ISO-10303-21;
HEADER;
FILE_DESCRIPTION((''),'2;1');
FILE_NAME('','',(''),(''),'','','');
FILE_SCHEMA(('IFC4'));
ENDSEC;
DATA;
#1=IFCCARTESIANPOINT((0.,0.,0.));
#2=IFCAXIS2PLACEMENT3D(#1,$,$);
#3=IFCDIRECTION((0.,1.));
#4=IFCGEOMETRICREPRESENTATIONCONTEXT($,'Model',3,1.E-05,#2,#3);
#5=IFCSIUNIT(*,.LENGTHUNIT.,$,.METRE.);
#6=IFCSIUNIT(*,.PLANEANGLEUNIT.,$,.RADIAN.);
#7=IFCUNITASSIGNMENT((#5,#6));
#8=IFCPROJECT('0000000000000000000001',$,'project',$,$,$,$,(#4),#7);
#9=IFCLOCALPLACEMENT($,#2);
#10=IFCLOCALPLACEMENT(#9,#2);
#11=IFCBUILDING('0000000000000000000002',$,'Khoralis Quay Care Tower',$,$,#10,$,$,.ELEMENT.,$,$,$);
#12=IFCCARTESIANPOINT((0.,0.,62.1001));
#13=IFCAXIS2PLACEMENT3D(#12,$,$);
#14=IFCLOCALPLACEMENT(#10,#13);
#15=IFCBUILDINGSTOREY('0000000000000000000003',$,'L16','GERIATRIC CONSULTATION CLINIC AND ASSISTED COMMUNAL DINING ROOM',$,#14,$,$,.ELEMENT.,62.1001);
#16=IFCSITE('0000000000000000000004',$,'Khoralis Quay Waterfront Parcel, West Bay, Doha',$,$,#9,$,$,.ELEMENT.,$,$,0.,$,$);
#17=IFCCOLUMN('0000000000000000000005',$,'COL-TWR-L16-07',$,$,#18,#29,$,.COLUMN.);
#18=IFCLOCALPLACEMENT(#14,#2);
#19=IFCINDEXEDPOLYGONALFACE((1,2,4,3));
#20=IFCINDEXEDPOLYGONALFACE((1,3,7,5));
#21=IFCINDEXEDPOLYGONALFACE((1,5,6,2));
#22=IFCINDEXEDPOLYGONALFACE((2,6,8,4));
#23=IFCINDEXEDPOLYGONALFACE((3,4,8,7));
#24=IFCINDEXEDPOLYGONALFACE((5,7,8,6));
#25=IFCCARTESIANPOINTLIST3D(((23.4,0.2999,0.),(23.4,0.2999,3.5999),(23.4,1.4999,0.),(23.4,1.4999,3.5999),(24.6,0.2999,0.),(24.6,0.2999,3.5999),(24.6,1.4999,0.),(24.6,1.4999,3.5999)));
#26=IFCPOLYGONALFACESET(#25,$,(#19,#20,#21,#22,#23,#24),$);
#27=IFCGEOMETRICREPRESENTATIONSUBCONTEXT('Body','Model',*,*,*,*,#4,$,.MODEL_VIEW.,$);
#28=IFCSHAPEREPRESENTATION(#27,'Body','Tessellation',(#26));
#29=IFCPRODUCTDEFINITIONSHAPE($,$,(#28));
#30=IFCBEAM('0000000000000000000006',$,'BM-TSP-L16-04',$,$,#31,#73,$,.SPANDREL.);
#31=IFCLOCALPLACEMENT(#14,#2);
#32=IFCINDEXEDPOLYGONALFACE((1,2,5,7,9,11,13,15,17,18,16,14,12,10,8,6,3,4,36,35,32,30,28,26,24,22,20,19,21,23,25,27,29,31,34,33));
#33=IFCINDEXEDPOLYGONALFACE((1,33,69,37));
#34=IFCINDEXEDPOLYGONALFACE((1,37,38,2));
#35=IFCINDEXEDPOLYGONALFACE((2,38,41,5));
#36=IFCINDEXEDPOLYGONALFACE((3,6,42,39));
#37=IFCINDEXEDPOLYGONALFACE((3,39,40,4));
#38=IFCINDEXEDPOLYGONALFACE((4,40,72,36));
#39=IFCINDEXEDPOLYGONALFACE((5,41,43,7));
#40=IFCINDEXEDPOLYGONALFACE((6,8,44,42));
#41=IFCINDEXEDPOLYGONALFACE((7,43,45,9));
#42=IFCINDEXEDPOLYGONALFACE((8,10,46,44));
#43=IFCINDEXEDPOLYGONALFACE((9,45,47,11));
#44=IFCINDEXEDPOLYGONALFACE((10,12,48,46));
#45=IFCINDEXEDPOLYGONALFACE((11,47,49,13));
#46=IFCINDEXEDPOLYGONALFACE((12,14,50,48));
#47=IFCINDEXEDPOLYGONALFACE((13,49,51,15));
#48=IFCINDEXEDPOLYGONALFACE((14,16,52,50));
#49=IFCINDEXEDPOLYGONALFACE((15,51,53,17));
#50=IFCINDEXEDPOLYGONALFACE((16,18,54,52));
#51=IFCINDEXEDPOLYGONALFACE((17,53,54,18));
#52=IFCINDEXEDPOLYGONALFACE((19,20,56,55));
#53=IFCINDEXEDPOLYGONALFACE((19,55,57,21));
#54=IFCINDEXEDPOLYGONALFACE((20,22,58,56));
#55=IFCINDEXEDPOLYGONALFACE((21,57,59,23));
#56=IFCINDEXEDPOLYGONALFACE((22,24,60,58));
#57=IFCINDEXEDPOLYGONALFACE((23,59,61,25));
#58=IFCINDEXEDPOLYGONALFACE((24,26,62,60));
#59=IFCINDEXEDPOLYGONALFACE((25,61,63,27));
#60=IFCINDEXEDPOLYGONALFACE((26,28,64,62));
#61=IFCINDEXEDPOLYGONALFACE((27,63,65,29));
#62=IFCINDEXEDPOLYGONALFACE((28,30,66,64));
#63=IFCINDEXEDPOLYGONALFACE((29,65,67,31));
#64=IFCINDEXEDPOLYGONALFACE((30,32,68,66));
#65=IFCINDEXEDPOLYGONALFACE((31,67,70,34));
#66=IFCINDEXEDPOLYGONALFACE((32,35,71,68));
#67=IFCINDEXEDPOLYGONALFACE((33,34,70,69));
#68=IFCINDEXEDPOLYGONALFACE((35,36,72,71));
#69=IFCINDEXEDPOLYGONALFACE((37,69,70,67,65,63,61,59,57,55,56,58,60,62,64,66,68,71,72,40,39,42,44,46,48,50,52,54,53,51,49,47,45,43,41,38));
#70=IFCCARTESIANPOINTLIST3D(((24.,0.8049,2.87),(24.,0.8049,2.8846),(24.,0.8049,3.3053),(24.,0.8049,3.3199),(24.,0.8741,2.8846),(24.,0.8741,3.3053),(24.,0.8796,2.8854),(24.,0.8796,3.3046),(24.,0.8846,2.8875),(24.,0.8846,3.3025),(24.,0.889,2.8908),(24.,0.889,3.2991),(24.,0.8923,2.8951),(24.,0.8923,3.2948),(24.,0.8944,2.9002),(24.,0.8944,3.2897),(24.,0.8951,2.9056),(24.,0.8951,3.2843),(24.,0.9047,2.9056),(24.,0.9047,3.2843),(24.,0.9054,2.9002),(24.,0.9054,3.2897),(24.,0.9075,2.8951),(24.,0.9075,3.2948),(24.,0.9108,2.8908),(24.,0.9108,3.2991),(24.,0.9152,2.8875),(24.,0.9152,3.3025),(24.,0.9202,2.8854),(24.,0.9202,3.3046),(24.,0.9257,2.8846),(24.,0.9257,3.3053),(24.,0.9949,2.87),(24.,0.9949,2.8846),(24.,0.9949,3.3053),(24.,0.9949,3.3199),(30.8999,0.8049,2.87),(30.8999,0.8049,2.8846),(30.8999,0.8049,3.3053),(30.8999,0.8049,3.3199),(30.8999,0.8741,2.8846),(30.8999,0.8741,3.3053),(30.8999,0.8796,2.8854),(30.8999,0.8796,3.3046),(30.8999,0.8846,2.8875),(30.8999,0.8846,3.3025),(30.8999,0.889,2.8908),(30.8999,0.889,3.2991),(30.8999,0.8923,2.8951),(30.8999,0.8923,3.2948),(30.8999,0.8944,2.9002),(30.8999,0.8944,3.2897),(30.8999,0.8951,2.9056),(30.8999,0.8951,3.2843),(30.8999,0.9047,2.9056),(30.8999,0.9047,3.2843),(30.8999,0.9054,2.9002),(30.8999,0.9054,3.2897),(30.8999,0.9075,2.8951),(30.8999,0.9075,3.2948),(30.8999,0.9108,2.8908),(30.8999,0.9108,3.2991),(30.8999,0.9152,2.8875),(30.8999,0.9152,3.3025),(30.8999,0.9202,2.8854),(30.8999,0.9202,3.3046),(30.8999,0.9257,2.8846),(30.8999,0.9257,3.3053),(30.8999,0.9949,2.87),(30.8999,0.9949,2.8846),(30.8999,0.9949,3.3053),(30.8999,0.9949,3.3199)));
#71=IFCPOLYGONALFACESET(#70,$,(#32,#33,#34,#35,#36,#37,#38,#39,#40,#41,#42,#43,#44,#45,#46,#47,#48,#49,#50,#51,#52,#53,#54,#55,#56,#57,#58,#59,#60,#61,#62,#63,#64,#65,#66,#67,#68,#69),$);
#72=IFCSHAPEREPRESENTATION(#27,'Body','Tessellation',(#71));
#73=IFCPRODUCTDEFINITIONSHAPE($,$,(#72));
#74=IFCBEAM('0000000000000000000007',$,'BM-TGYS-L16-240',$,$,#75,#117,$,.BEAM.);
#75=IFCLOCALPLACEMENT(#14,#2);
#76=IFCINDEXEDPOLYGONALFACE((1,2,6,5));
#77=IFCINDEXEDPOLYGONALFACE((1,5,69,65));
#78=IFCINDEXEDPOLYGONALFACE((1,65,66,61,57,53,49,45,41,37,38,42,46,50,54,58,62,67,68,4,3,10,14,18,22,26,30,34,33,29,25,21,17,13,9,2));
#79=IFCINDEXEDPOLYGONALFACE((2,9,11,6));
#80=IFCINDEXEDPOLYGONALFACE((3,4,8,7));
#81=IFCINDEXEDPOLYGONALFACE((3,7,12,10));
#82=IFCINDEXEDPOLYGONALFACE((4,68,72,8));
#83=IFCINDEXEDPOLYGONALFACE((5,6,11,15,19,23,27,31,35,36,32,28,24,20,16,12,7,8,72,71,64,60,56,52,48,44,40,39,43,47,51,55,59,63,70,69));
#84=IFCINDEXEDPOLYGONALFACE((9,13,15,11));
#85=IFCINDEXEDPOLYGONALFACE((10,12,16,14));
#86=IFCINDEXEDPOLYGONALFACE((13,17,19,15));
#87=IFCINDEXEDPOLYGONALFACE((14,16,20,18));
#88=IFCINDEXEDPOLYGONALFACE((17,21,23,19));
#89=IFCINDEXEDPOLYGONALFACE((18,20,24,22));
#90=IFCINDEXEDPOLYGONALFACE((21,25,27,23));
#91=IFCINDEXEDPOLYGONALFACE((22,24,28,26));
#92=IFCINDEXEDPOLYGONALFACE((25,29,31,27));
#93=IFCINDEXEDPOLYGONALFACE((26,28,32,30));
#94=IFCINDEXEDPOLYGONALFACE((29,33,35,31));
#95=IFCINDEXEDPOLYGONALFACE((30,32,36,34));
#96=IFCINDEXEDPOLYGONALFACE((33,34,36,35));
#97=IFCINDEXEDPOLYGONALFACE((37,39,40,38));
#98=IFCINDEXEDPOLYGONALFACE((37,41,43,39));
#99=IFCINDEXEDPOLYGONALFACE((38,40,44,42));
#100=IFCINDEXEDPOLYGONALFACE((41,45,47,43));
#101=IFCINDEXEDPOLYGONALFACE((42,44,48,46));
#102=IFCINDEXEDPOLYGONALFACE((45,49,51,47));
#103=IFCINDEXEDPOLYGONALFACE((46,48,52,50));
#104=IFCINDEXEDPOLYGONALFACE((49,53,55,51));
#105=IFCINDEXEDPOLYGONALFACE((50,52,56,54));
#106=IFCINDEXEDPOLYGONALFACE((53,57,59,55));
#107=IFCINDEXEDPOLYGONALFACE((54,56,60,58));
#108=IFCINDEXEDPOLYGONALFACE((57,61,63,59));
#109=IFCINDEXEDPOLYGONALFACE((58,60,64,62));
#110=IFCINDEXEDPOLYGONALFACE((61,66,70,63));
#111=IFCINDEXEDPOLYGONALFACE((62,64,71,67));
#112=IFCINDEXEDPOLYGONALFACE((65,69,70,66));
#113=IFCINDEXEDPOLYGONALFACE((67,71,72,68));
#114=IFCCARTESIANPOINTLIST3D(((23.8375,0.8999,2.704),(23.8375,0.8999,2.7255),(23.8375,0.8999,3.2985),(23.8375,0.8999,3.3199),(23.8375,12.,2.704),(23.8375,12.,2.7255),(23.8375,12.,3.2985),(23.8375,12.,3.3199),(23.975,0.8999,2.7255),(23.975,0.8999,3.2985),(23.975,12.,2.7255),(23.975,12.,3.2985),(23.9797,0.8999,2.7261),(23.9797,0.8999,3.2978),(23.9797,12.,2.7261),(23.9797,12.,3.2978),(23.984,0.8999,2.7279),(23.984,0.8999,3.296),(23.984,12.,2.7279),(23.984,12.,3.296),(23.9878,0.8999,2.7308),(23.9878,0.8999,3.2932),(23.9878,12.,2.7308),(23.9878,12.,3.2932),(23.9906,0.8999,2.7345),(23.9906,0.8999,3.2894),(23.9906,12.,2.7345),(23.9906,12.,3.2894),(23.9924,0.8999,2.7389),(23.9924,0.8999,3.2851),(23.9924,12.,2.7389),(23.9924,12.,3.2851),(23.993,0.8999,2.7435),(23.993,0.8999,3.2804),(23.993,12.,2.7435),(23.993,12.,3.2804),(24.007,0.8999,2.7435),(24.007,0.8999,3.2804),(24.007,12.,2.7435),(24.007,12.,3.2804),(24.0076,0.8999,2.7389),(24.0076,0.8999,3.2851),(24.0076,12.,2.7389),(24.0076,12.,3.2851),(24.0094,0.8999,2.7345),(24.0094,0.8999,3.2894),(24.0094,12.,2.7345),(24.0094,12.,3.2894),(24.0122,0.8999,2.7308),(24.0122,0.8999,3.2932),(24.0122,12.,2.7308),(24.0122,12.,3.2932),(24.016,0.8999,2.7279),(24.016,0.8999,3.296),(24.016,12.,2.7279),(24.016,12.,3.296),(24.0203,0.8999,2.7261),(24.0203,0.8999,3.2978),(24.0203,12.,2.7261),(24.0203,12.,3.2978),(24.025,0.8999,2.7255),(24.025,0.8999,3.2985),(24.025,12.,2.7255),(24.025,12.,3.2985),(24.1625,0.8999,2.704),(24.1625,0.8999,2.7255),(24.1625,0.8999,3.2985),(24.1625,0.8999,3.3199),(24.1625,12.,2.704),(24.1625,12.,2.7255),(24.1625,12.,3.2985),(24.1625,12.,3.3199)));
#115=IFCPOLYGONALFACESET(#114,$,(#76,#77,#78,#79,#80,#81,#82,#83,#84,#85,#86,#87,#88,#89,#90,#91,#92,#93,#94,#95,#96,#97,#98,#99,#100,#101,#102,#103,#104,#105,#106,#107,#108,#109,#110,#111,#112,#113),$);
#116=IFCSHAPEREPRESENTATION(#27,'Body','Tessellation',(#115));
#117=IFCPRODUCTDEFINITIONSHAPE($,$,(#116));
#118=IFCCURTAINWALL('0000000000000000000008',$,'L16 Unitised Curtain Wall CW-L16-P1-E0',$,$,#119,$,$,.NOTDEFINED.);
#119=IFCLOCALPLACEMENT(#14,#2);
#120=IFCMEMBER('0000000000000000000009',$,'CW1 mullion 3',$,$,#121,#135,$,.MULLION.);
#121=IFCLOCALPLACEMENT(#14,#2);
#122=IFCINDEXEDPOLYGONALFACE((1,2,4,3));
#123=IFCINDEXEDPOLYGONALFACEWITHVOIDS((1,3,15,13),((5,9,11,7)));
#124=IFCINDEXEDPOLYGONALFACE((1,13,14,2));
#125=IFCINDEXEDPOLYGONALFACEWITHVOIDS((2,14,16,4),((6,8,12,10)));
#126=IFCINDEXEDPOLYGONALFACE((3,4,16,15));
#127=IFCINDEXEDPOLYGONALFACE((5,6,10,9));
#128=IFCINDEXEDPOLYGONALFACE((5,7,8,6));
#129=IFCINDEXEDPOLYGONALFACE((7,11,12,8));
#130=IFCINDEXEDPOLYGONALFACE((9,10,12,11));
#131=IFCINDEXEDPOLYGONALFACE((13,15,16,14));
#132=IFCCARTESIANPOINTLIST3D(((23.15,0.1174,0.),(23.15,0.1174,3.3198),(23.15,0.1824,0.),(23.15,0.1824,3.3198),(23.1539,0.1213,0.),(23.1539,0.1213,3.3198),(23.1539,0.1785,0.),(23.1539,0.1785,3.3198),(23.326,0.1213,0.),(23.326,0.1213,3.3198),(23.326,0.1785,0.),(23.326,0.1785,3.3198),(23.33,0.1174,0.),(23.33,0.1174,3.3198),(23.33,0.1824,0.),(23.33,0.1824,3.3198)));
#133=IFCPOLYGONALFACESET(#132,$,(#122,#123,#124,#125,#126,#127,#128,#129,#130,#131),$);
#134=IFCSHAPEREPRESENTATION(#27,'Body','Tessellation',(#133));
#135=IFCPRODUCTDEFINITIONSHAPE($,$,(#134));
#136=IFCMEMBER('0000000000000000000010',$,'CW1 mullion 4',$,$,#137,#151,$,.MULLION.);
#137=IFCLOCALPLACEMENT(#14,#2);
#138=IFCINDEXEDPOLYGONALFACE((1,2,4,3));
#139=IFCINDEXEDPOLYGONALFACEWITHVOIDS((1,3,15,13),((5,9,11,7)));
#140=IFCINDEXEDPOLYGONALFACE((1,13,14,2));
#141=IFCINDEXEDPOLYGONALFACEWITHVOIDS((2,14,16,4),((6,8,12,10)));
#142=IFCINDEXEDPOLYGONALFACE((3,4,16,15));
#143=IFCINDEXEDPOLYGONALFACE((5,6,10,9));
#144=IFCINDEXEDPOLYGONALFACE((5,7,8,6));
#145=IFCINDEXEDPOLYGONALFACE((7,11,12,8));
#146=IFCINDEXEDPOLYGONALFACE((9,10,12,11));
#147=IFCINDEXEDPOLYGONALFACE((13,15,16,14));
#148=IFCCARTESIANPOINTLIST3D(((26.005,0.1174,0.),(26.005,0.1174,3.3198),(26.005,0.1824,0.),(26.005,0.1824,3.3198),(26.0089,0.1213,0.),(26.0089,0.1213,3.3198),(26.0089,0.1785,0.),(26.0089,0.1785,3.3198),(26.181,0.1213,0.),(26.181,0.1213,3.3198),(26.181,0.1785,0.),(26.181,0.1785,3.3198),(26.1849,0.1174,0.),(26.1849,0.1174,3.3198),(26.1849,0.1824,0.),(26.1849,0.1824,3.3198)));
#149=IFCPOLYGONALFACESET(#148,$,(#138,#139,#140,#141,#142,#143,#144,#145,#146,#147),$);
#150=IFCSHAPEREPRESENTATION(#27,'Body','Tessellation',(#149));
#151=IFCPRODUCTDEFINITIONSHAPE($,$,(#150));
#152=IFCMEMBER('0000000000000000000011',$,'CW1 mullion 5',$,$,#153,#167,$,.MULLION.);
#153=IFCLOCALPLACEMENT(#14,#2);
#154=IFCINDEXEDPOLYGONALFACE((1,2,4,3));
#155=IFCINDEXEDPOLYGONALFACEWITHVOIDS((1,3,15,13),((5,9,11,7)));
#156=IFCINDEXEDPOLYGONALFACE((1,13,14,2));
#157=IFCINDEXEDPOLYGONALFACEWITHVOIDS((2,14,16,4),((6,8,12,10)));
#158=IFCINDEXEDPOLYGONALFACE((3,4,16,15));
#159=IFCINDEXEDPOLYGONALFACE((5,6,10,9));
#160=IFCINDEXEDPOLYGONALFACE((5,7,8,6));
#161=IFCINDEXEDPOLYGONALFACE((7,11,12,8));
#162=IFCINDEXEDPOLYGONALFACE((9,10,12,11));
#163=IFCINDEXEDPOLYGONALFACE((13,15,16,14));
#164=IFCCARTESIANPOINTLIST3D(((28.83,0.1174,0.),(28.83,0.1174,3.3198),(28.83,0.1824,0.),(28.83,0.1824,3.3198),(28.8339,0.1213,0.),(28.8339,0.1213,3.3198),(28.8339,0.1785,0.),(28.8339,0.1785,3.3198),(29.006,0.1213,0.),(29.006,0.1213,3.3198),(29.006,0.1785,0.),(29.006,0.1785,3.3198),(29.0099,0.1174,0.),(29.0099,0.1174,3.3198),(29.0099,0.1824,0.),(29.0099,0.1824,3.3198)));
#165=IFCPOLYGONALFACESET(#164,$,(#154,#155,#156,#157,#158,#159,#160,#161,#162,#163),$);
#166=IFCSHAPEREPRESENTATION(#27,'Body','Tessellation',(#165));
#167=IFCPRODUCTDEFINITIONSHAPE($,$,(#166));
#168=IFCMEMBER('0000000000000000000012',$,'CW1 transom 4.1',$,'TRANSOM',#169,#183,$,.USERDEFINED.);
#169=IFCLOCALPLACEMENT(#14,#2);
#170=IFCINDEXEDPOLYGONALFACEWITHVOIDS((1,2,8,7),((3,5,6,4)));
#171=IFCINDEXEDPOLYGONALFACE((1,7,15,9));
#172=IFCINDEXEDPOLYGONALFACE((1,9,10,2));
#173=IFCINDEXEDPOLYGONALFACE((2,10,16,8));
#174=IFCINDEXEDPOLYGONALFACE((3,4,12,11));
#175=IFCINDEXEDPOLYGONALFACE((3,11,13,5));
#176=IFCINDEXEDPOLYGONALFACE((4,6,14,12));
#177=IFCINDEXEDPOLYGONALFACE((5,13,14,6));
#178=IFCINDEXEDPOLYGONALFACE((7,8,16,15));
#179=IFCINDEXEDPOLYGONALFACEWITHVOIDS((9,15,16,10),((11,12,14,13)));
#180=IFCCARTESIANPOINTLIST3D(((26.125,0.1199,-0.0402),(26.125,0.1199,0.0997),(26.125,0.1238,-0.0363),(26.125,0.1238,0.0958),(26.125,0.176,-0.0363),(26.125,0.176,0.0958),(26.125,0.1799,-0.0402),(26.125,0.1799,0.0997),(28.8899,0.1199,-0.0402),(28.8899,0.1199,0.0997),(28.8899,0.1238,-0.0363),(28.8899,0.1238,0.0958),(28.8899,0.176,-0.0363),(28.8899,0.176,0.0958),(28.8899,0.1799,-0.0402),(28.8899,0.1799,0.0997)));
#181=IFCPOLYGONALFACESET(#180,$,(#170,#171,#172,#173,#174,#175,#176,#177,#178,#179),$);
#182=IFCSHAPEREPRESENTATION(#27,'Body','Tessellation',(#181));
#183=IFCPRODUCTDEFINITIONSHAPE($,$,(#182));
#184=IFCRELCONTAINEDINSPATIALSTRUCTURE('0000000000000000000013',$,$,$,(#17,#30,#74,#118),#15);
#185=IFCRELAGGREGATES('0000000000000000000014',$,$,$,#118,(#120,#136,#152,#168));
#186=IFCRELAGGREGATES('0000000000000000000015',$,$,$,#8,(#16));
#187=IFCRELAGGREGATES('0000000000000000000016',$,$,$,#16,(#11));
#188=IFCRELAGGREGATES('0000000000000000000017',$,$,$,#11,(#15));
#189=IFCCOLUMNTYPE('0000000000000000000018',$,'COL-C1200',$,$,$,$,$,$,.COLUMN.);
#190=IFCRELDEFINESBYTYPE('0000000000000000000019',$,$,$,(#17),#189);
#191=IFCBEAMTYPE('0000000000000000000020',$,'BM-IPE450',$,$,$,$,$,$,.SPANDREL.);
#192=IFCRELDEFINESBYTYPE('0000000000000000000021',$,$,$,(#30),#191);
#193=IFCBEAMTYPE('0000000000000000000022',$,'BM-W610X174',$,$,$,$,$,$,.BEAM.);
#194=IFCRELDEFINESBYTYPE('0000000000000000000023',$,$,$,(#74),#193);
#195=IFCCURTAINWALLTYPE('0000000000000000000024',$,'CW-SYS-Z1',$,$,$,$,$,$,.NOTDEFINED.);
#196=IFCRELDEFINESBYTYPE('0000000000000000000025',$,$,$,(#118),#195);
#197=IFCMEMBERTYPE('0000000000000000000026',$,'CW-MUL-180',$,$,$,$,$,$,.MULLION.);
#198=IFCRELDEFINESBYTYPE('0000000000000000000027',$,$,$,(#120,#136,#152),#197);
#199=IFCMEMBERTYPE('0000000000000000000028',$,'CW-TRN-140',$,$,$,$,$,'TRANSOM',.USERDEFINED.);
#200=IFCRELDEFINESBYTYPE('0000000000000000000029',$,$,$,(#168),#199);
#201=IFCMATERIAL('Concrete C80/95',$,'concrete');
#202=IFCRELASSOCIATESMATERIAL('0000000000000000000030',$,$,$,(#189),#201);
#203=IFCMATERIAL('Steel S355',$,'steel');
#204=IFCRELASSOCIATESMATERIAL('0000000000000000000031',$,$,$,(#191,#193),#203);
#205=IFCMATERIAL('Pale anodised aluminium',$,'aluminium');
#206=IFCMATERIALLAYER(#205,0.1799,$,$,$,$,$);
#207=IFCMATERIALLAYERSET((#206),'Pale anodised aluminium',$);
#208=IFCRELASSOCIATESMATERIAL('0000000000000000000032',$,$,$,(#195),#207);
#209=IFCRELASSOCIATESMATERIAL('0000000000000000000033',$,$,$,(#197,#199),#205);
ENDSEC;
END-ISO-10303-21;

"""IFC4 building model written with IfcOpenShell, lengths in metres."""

from ifc_helpers import new_model, si_unit, direction, frame, origin, origin_2d, place, context, subcontext, project, spatial, rectangle, hollow_rectangle, i_section, extrude, source, transform, mapped, material, layer, layer_set, material_profile, profile_set, type_object, element, aggregate, save


model = new_model("IFC4")

# Units and contexts
model_context = context("Model", 3, precision=1e-05, world=origin(), true_north=direction((0.0, 1.0)))
body_context = subcontext(model_context, "Body", "Model", "MODEL_VIEW")
ifc_project = project(units=[si_unit("LENGTHUNIT", "METRE"), si_unit("PLANEANGLEUNIT", "RADIAN")], contexts=[model_context])

# Site, building, storey
site_placement = place(None, origin())
site = spatial("IfcSite", under=ifc_project, at=site_placement, Name="Khoralis Quay Waterfront Parcel, West Bay, Doha", CompositionType="ELEMENT", RefElevation=0.0)
building_placement = place(site_placement, origin())
building = spatial("IfcBuilding", under=site, at=building_placement, Name="Khoralis Quay Care Tower", CompositionType="ELEMENT")
storey_placement = place(building_placement, frame((0.0, 0.0, 62.1001)))
storey = spatial("IfcBuildingStorey", under=building, at=storey_placement, Name="L16", Description="GERIATRIC CONSULTATION CLINIC AND ASSISTED COMMUNAL DINING ROOM", CompositionType="ELEMENT", Elevation=62.1001)

# Column
ifc_material_1 = material(Name="Concrete C80/95", Category="concrete")
ifc_material_profile_1 = material_profile(ifc_material_1, rectangle(XDim=1.2, YDim=1.2, at=origin_2d()), Name="Concrete C80/95")
ifc_profile_set_1 = profile_set([ifc_material_profile_1], Name="Concrete C80/95")
column_type = type_object("IfcColumnType", Name="COL-C1200", PredefinedType="COLUMN", material=ifc_profile_set_1)
shared_shape_1 = source(origin(), body_context, "Body", "SweptSolid", [
    extrude(rectangle(XDim=1.2, YDim=1.2, at=origin_2d()), origin(), (0.0, 0.0, 1.0), 3.5999),
])
column_placement = place(storey_placement, frame((24.0, 0.8999, 0.0), z_axis=(0.0, 0.0, 1.0), x_axis=(1.0, 0.0, 0.0)))
element("IfcColumn", 1, at=column_placement, inside=storey, type_object=column_type, Name="COL-TWR-L16-07", PredefinedType="COLUMN", context=body_context, shape_type="MappedRepresentation", body=[
    mapped(shared_shape_1, transform((0.0, 0.0, 0.0), scale=1.0)),
])

# Beams
ifc_material_2 = material(Name="Steel S355", Category="steel")
ifc_material_profile_2 = material_profile(ifc_material_2, i_section(OverallWidth=0.1899, OverallDepth=0.45, WebThickness=0.0095, FlangeThickness=0.0146, FilletRadius=0.021, at=origin_2d()), Name="Steel S355")
ifc_profile_set_2 = profile_set([ifc_material_profile_2], Name="Steel S355")
beam_type_1 = type_object("IfcBeamType", Name="BM-IPE450", PredefinedType="SPANDREL", material=ifc_profile_set_2)
shared_shape_2 = source(origin(), body_context, "Body", "SweptSolid", [
    extrude(i_section(OverallWidth=0.1899, OverallDepth=0.45, WebThickness=0.0095, FlangeThickness=0.0146, FilletRadius=0.021, at=origin_2d()), origin(), (0.0, 0.0, 1.0), 6.8999),
])
beam_1_placement = place(storey_placement, frame((24.0, 0.8999, 3.095), z_axis=(1.0, 0.0, 0.0), x_axis=(0.0, 1.0, 0.0)))
element("IfcBeam", 2, at=beam_1_placement, inside=storey, type_object=beam_type_1, Name="BM-TSP-L16-04", PredefinedType="SPANDREL", context=body_context, shape_type="MappedRepresentation", body=[
    mapped(shared_shape_2, transform((0.0, 0.0, 0.0), scale=1.0)),
])
ifc_material_profile_3 = material_profile(ifc_material_2, i_section(OverallWidth=0.325, OverallDepth=0.616, WebThickness=0.0139, FlangeThickness=0.0215, FilletRadius=0.0181, at=origin_2d()), Name="Steel S355")
ifc_profile_set_3 = profile_set([ifc_material_profile_3], Name="Steel S355")
beam_type_2 = type_object("IfcBeamType", Name="BM-W610X174", PredefinedType="BEAM", material=ifc_profile_set_3)
shared_shape_3 = source(origin(), body_context, "Body", "SweptSolid", [
    extrude(i_section(OverallWidth=0.325, OverallDepth=0.616, WebThickness=0.0139, FlangeThickness=0.0215, FilletRadius=0.0181, at=origin_2d()), origin(), (0.0, 0.0, 1.0), 11.1001),
])
beam_2_placement = place(storey_placement, frame((24.0, 0.8999, 3.012), z_axis=(0.0, 1.0, 0.0), x_axis=(-1.0, 0.0, 0.0)))
element("IfcBeam", 3, at=beam_2_placement, inside=storey, type_object=beam_type_2, Name="BM-TGYS-L16-240", PredefinedType="BEAM", context=body_context, shape_type="MappedRepresentation", body=[
    mapped(shared_shape_3, transform((0.0, 0.0, 0.0), scale=1.0)),
])

# Curtain wall, members
ifc_material_3 = material(Name="Pale anodised aluminium", Category="aluminium")
ifc_layer_1 = layer(ifc_material_3, 0.1799)
ifc_layer_set_1 = layer_set([ifc_layer_1], Name="Pale anodised aluminium")
curtain_wall_type = type_object("IfcCurtainWallType", Name="CW-SYS-Z1", PredefinedType="NOTDEFINED", material=ifc_layer_set_1)
curtain_wall_placement = place(storey_placement, origin())
curtain_wall = element("IfcCurtainWall", 4, at=curtain_wall_placement, inside=storey, type_object=curtain_wall_type, Name="L16 Unitised Curtain Wall CW-L16-P1-E0", PredefinedType="NOTDEFINED")
ifc_material_profile_4 = material_profile(ifc_material_3, hollow_rectangle(XDim=0.0649, YDim=0.1799, WallThickness=0.0039, at=origin_2d()), Name="Pale anodised aluminium")
ifc_profile_set_4 = profile_set([ifc_material_profile_4], Name="Pale anodised aluminium")
member_type_1 = type_object("IfcMemberType", Name="CW-MUL-180", PredefinedType="MULLION", material=ifc_profile_set_4)
shared_shape_4 = source(origin(), body_context, "Body", "SweptSolid", [
    extrude(hollow_rectangle(XDim=0.0649, YDim=0.1799, WallThickness=0.0039, at=origin_2d()), origin(), (0.0, 0.0, 1.0), 3.3198),
])
member_1_placement = place(storey_placement, frame((23.24, 0.1499, 0.0), z_axis=(0.0, 0.0, 1.0), x_axis=(0.0, 1.0, 0.0)))
member_1 = element("IfcMember", 5, at=member_1_placement, type_object=member_type_1, Name="CW1 mullion 3", PredefinedType="MULLION", context=body_context, shape_type="MappedRepresentation", body=[
    mapped(shared_shape_4, transform((0.0, 0.0, 0.0), scale=1.0)),
])
member_2_placement = place(storey_placement, frame((26.095, 0.1499, 0.0), z_axis=(0.0, 0.0, 1.0), x_axis=(0.0, 1.0, 0.0)))
member_2 = element("IfcMember", 6, at=member_2_placement, type_object=member_type_1, Name="CW1 mullion 4", PredefinedType="MULLION", context=body_context, shape_type="MappedRepresentation", body=[
    mapped(shared_shape_4, transform((0.0, 0.0, 0.0), scale=1.0)),
])
member_3_placement = place(storey_placement, frame((28.9199, 0.1499, 0.0), z_axis=(0.0, 0.0, 1.0), x_axis=(0.0, 1.0, 0.0)))
member_3 = element("IfcMember", 7, at=member_3_placement, type_object=member_type_1, Name="CW1 mullion 5", PredefinedType="MULLION", context=body_context, shape_type="MappedRepresentation", body=[
    mapped(shared_shape_4, transform((0.0, 0.0, 0.0), scale=1.0)),
])
ifc_material_profile_5 = material_profile(ifc_material_3, hollow_rectangle(XDim=0.0601, YDim=0.1399, WallThickness=0.0039, at=origin_2d()), Name="Pale anodised aluminium")
ifc_profile_set_5 = profile_set([ifc_material_profile_5], Name="Pale anodised aluminium")
member_type_2 = type_object("IfcMemberType", Name="CW-TRN-140", ElementType="TRANSOM", PredefinedType="USERDEFINED", material=ifc_profile_set_5)
shared_shape_5 = source(origin(), body_context, "Body", "SweptSolid", [
    extrude(hollow_rectangle(XDim=0.0601, YDim=0.1399, WallThickness=0.0039, at=origin_2d()), origin(), (0.0, 0.0, 1.0), 2.7649),
])
member_4_placement = place(storey_placement, frame((26.125, 0.1499, 0.0298), z_axis=(1.0, 0.0, 0.0), x_axis=(0.0, 1.0, 0.0)))
member_4 = element("IfcMember", 8, at=member_4_placement, type_object=member_type_2, Name="CW1 transom 4.1", ObjectType="TRANSOM", PredefinedType="USERDEFINED", context=body_context, shape_type="MappedRepresentation", body=[
    mapped(shared_shape_5, transform((0.0, 0.0, 0.0), scale=1.0)),
])
aggregate(curtain_wall, [member_1, member_2, member_3, member_4])

save(model, "model.ifc")
